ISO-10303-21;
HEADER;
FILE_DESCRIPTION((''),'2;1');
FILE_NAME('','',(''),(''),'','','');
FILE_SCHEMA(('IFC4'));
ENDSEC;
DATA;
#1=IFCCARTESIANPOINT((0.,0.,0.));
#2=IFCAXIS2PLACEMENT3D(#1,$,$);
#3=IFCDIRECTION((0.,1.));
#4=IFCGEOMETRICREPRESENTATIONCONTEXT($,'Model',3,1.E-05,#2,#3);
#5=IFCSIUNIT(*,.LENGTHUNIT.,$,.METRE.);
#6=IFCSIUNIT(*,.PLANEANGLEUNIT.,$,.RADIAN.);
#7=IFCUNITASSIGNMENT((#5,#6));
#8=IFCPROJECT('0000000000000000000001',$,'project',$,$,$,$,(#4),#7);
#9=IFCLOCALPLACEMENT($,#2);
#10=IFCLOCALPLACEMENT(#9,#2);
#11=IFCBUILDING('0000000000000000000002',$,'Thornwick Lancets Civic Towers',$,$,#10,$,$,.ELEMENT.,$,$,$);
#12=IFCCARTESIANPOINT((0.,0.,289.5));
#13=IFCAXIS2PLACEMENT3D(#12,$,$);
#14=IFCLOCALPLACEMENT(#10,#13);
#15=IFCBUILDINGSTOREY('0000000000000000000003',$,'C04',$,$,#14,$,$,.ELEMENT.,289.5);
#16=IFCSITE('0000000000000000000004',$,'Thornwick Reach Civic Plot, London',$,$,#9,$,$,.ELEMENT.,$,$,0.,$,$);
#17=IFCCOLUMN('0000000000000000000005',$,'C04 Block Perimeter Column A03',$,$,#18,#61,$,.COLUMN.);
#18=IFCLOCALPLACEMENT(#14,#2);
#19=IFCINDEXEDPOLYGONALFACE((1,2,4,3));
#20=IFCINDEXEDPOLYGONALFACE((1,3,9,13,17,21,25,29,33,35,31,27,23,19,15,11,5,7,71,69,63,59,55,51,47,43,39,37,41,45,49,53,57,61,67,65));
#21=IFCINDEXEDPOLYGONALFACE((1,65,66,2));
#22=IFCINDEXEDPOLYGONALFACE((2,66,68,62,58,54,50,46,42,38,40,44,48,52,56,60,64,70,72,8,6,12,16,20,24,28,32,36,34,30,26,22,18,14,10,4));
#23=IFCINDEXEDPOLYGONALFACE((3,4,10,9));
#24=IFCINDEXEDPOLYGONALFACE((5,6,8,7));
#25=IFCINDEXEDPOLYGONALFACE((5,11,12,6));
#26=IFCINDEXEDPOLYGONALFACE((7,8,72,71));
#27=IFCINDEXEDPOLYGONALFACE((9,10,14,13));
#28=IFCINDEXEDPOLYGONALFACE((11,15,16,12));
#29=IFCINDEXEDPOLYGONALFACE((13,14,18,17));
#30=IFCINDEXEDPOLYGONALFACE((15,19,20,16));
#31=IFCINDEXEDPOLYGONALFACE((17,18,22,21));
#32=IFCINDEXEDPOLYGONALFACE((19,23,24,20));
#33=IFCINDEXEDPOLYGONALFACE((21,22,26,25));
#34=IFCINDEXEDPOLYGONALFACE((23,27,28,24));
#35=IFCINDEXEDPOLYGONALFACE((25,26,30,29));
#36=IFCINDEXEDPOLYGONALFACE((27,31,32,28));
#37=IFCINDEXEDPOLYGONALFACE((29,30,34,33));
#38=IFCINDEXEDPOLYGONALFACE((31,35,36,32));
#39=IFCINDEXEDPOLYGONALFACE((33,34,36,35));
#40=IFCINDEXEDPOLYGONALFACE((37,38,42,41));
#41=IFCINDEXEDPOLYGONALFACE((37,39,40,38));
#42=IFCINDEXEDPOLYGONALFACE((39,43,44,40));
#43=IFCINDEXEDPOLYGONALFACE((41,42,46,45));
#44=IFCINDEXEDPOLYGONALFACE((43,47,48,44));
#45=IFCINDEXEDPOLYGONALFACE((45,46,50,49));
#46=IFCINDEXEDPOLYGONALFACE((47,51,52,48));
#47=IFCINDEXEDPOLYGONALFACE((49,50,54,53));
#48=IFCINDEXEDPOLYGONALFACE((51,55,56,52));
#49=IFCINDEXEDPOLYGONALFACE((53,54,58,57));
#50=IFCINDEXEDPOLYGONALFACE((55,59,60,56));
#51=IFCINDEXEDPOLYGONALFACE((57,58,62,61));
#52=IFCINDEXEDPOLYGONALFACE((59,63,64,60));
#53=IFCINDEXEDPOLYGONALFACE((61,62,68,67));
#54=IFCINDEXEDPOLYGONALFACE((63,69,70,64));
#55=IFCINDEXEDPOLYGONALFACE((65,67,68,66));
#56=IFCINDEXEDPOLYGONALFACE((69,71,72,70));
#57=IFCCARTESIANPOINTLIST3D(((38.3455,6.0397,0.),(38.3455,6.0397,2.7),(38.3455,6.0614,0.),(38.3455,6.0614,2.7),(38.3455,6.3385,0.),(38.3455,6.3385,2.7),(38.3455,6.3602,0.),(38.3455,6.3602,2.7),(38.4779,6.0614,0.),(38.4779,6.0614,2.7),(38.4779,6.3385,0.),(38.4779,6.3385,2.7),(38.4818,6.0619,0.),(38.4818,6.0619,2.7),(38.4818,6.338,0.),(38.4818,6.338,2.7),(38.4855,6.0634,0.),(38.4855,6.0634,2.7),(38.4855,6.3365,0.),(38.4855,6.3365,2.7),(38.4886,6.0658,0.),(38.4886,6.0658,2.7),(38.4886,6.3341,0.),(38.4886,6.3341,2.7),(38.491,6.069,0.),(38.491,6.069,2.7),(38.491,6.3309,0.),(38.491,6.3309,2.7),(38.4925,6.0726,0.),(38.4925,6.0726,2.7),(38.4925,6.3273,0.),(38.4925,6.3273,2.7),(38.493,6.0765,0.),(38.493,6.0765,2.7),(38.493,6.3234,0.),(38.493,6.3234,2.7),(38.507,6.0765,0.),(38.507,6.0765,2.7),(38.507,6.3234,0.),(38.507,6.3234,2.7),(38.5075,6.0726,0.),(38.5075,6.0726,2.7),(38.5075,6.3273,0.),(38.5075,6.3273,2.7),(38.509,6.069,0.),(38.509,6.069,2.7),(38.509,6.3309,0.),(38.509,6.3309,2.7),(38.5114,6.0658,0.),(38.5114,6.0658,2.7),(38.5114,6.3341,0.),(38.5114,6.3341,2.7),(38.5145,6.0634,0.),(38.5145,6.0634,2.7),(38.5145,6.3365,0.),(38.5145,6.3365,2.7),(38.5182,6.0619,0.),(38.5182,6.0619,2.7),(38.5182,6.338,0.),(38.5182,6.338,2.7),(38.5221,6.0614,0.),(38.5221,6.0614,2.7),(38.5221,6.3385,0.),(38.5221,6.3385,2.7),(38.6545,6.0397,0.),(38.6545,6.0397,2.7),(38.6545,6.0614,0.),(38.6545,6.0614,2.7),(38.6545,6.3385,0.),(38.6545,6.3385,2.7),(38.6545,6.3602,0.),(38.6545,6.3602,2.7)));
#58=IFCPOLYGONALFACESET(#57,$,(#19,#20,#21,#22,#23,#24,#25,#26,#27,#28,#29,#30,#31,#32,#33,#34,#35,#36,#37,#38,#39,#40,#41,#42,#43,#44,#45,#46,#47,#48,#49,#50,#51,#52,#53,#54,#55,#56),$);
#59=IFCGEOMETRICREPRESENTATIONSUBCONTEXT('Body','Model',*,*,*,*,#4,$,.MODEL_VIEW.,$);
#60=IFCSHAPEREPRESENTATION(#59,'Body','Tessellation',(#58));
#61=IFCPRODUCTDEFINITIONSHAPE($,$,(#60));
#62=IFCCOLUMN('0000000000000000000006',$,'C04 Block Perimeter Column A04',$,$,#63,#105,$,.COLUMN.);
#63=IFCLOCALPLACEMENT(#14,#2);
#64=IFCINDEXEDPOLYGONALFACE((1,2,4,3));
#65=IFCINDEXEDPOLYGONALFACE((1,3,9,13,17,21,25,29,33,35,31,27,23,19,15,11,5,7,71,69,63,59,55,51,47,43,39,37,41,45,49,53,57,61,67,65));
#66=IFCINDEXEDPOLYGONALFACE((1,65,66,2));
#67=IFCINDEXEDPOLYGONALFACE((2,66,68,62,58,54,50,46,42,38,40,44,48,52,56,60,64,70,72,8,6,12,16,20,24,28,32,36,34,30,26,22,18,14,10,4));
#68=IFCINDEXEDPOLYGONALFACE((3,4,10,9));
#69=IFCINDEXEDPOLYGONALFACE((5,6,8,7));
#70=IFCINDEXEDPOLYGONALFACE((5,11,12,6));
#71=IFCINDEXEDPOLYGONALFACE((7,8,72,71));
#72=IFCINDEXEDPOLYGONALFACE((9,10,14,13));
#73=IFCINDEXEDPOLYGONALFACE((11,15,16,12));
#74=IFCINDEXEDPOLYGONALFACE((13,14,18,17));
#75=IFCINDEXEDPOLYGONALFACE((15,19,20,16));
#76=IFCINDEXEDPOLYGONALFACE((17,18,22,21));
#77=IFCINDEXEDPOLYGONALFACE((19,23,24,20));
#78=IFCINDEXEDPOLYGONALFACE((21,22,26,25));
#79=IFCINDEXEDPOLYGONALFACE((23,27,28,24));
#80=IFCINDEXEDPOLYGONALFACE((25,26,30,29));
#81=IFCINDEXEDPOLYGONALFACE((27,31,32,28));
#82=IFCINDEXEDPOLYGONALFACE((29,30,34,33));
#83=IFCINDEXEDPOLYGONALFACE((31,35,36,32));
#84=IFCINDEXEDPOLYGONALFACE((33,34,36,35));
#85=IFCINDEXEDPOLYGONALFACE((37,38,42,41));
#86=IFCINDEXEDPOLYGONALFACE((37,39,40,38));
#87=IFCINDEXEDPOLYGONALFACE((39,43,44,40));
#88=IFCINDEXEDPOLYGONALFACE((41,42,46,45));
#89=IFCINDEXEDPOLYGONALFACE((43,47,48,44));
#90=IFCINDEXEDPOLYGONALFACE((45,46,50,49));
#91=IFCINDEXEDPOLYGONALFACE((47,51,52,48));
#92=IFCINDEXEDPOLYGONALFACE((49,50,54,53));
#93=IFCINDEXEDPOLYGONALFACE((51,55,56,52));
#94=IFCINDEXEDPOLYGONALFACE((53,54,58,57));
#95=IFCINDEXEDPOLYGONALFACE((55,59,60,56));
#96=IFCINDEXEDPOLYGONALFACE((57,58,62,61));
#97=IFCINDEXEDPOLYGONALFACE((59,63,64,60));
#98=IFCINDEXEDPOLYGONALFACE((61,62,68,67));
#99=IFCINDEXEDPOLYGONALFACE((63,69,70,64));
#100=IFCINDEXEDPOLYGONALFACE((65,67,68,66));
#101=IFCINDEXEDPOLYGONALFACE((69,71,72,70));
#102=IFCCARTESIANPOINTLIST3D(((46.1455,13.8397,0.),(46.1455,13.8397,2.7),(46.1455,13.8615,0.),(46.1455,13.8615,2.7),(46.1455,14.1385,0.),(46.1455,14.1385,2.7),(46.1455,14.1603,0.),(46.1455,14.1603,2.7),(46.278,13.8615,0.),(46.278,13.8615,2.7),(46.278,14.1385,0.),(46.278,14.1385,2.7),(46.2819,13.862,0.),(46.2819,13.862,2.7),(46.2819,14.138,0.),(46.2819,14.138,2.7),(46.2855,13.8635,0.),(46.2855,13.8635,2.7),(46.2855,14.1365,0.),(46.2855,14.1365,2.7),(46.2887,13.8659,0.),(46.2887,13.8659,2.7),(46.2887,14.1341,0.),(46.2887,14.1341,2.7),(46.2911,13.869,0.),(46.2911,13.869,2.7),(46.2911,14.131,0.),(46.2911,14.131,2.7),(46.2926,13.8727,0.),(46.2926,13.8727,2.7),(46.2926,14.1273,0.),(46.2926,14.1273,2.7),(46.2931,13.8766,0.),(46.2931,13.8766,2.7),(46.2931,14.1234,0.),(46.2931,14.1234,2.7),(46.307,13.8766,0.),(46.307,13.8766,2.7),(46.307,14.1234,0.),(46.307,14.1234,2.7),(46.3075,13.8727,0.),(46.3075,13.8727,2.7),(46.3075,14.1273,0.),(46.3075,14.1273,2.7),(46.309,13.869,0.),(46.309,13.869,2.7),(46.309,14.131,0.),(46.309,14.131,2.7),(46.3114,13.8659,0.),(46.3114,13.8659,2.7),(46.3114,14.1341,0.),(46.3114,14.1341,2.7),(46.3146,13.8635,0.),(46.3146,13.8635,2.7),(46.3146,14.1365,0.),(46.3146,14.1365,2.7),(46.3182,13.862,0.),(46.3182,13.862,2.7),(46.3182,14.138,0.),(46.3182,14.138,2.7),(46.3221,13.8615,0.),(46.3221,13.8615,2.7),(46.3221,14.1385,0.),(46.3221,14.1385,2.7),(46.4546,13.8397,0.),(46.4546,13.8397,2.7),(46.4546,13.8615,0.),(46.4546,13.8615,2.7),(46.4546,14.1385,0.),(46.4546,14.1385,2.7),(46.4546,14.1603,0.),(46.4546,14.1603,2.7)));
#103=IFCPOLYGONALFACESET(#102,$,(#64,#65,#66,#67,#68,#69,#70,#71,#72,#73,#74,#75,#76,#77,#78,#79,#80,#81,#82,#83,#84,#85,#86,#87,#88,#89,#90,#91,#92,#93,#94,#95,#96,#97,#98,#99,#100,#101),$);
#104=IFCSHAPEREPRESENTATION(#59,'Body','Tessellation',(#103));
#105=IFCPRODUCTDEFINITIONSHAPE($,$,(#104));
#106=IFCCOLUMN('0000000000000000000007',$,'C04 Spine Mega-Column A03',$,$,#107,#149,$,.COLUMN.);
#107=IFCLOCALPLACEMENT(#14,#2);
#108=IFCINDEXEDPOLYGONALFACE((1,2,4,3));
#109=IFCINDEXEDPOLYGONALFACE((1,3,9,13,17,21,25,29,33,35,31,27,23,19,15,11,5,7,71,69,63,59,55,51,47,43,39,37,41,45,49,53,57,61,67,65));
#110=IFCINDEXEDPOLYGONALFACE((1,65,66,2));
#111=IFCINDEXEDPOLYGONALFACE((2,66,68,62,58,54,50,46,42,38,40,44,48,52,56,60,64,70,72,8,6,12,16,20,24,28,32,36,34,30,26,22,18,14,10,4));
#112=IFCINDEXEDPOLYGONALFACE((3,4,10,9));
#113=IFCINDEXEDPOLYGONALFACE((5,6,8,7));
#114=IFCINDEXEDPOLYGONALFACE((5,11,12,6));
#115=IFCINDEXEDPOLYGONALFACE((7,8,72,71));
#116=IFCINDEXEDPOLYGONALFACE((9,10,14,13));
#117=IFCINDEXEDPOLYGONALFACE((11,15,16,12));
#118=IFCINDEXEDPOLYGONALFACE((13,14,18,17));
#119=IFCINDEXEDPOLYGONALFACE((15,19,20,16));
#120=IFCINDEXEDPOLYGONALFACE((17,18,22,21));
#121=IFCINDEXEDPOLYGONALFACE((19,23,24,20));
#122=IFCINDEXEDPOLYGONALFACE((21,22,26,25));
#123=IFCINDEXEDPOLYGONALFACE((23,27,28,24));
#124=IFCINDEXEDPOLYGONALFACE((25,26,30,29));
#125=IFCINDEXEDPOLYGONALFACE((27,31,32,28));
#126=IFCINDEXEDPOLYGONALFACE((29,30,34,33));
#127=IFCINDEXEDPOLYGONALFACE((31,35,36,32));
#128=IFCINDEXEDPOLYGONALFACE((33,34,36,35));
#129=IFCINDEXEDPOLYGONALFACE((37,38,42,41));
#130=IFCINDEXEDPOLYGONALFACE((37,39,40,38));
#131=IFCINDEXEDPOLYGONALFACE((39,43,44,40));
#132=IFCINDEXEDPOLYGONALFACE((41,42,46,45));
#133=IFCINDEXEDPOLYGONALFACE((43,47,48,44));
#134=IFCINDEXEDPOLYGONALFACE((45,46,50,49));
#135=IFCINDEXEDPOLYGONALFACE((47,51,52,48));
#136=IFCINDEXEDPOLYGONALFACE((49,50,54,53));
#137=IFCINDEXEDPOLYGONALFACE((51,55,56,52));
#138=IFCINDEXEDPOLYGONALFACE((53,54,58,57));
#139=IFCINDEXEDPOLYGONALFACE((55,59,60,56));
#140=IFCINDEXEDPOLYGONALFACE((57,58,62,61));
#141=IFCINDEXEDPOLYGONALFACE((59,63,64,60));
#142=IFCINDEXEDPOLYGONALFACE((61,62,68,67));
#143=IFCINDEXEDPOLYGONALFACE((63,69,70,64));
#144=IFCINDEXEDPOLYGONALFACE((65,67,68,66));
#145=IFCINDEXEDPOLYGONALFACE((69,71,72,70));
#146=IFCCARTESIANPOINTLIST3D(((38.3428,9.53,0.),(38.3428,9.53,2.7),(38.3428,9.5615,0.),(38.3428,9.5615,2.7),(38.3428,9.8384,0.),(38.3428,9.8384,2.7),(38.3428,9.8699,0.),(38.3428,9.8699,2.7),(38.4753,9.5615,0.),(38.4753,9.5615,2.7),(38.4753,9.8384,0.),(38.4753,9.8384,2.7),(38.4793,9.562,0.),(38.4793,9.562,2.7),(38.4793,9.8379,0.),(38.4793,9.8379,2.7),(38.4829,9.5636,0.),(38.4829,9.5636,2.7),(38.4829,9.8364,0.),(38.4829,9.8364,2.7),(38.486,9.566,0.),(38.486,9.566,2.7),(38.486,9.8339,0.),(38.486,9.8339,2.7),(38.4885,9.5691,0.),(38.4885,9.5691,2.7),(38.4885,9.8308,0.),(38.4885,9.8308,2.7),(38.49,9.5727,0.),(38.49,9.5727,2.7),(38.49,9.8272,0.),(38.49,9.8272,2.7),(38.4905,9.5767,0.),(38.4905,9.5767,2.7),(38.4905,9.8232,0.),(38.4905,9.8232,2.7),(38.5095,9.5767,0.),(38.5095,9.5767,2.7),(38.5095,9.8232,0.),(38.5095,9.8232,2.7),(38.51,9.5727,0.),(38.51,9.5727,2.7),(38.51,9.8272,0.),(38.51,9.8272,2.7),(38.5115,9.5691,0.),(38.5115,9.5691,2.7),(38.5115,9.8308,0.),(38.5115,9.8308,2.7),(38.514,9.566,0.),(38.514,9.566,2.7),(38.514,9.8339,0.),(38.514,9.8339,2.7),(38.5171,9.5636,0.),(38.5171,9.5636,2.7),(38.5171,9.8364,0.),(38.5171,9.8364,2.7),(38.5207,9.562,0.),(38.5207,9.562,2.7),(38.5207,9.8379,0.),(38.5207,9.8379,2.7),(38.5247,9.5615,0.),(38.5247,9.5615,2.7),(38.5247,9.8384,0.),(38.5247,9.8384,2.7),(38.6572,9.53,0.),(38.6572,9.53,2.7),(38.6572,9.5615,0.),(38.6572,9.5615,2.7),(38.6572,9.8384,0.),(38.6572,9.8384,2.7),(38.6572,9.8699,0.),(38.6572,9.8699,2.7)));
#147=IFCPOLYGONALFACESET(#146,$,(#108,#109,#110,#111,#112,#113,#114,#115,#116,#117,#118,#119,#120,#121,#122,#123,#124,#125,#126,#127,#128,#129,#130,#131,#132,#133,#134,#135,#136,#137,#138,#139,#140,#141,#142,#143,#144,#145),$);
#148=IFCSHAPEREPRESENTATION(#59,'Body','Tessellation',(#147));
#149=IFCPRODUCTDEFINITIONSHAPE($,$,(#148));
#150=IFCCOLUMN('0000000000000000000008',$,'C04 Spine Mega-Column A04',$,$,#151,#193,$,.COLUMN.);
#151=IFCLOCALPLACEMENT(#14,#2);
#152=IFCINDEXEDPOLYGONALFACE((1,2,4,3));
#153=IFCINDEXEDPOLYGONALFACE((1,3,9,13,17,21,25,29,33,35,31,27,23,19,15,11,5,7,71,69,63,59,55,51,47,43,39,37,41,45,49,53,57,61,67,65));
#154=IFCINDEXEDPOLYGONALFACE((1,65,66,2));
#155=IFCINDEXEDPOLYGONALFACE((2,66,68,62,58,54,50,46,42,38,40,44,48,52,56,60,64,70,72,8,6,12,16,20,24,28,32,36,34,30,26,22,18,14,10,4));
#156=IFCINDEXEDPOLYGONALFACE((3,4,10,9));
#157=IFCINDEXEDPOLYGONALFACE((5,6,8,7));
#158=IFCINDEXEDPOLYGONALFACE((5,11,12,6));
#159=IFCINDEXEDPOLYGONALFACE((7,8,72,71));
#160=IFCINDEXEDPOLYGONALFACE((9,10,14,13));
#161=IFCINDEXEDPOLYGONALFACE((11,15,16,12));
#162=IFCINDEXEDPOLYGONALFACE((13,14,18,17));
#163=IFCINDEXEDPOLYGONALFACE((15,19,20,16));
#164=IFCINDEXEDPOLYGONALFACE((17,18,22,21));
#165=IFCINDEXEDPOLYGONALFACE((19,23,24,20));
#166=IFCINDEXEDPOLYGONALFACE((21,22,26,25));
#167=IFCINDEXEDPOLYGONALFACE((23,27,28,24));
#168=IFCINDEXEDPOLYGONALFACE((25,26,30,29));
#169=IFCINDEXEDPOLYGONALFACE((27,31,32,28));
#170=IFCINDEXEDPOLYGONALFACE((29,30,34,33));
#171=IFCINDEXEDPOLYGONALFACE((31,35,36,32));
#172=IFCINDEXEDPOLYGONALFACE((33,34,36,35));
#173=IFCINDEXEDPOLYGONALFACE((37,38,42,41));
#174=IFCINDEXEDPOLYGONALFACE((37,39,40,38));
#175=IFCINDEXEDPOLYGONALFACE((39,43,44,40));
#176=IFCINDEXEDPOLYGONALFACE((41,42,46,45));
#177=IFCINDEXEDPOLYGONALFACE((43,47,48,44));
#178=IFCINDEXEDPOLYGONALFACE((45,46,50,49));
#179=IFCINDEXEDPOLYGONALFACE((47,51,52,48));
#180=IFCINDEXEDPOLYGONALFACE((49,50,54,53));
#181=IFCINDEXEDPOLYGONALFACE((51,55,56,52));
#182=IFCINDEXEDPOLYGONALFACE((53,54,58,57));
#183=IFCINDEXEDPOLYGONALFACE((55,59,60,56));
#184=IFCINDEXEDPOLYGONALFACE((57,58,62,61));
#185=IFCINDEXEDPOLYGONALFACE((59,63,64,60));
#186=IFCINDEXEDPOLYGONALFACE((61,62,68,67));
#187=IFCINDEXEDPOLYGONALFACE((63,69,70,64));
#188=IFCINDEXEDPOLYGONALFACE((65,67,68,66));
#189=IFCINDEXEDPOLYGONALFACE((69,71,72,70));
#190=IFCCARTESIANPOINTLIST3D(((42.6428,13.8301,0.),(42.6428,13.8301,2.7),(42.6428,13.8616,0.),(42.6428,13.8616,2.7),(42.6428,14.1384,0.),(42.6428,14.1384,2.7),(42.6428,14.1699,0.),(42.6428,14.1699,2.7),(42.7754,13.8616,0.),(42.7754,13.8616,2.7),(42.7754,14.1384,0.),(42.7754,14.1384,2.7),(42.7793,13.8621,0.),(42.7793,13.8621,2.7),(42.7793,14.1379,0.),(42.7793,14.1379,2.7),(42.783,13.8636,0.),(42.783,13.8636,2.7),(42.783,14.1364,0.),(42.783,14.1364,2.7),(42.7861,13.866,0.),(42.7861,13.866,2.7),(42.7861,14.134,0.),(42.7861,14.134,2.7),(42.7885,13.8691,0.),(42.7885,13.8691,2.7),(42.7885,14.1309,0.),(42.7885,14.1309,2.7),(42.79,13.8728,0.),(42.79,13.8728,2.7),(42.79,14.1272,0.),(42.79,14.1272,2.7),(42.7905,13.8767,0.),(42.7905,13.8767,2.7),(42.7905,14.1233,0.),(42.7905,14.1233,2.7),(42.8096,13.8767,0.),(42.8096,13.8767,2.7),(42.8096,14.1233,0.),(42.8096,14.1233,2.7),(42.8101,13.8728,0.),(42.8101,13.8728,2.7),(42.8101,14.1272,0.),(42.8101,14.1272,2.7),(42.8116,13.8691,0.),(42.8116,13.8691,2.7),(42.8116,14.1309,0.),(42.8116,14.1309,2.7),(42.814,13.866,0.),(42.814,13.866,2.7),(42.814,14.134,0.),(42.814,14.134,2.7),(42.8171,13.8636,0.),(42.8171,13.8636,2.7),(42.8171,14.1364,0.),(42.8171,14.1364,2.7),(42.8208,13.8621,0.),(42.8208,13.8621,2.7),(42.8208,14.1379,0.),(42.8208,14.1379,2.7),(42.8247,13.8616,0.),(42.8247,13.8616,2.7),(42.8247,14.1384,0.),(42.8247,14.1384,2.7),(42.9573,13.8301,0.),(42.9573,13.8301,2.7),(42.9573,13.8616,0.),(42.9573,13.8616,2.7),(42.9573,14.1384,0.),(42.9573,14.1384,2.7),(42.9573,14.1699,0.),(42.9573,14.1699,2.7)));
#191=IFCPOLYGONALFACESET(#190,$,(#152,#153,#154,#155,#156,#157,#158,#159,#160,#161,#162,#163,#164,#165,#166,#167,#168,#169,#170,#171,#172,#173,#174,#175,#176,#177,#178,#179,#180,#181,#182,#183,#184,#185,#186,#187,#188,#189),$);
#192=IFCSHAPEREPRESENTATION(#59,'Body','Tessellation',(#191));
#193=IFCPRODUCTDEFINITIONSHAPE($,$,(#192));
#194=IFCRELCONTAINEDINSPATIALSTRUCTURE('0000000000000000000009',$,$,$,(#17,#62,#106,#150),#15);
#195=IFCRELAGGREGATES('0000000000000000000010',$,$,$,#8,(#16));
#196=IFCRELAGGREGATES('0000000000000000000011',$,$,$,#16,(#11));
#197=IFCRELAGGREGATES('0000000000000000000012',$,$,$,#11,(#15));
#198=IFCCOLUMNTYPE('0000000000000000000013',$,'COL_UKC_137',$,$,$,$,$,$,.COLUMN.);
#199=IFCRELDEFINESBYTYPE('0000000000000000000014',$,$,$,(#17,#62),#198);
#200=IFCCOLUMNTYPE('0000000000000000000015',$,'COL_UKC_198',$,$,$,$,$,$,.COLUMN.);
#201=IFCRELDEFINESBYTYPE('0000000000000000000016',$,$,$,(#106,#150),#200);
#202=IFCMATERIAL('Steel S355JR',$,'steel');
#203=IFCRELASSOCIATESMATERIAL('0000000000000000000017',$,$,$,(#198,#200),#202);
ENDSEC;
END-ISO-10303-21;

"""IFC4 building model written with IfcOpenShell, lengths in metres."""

from ifc_helpers import new_model, si_unit, direction, frame, origin, origin_2d, place, context, subcontext, project, spatial, i_section, extrude, material, material_profile, profile_set, type_object, element, save


model = new_model("IFC4")

# Units and contexts
model_context = context("Model", 3, precision=1e-05, world=origin(), true_north=direction((0.0, 1.0)))
body_context = subcontext(model_context, "Body", "Model", "MODEL_VIEW")
ifc_project = project(units=[si_unit("LENGTHUNIT", "METRE"), si_unit("PLANEANGLEUNIT", "RADIAN")], contexts=[model_context])

# Site, building, storey
site_placement = place(None, origin())
site = spatial("IfcSite", under=ifc_project, at=site_placement, Name="Thornwick Reach Civic Plot, London", CompositionType="ELEMENT", RefElevation=0.0)
building_placement = place(site_placement, origin())
building = spatial("IfcBuilding", under=site, at=building_placement, Name="Thornwick Lancets Civic Towers", CompositionType="ELEMENT")
storey_placement = place(building_placement, frame((0.0, 0.0, 289.5)))
storey = spatial("IfcBuildingStorey", under=building, at=storey_placement, Name="C04", CompositionType="ELEMENT", Elevation=289.5)

# Columns
ifc_material_1 = material(Name="Steel S355JR", Category="steel")
ifc_material_profile_1 = material_profile(ifc_material_1, i_section(OverallWidth=0.3091, OverallDepth=0.3206, WebThickness=0.0139, FlangeThickness=0.0217, FilletRadius=0.0151, at=origin_2d()), Name="UKC 305x305x137")
ifc_profile_set_1 = profile_set([ifc_material_profile_1], Name="Steel S355JR")
column_type_1 = type_object("IfcColumnType", Name="COL_UKC_137", PredefinedType="COLUMN", material=ifc_profile_set_1)
for number, where, z_axis, x_axis, name in (
    (1, (38.5, 6.2, 0.0), (0.0, 0.0, 1.0), (1.0, 0.0, 0.0), "C04 Block Perimeter Column A03"),
    (2, (46.3, 14.0, 0.0), (0.0, 0.0, 1.0), (1.0, 0.0, 0.0), "C04 Block Perimeter Column A04"),
):
    element("IfcColumn", number, at=place(storey_placement, frame(where, z_axis=z_axis, x_axis=x_axis)), inside=storey, type_object=column_type_1, Name=name, PredefinedType="COLUMN", context=body_context, shape_type="SweptSolid", body=[
        extrude(i_section(OverallWidth=0.3091, OverallDepth=0.3206, WebThickness=0.0139, FlangeThickness=0.0217, FilletRadius=0.0151, at=origin_2d()), origin(), (0.0, 0.0, 1.0), 2.7),
    ])
ifc_material_profile_2 = material_profile(ifc_material_1, i_section(OverallWidth=0.3145, OverallDepth=0.3398, WebThickness=0.019, FlangeThickness=0.0315, FilletRadius=0.0151, at=origin_2d()), Name="UKC 305x305x198")
ifc_profile_set_2 = profile_set([ifc_material_profile_2], Name="Steel S355JR")
column_type_2 = type_object("IfcColumnType", Name="COL_UKC_198", PredefinedType="COLUMN", material=ifc_profile_set_2)
for number, where, z_axis, x_axis, name in (
    (3, (38.5, 9.7, 0.0), (0.0, 0.0, 1.0), (1.0, 0.0, 0.0), "C04 Spine Mega-Column A03"),
    (4, (42.8, 14.0, 0.0), (0.0, 0.0, 1.0), (1.0, 0.0, 0.0), "C04 Spine Mega-Column A04"),
):
    element("IfcColumn", number, at=place(storey_placement, frame(where, z_axis=z_axis, x_axis=x_axis)), inside=storey, type_object=column_type_2, Name=name, PredefinedType="COLUMN", context=body_context, shape_type="SweptSolid", body=[
        extrude(i_section(OverallWidth=0.3145, OverallDepth=0.3398, WebThickness=0.019, FlangeThickness=0.0315, FilletRadius=0.0151, at=origin_2d()), origin(), (0.0, 0.0, 1.0), 2.7),
    ])

save(model, "model.ifc")
